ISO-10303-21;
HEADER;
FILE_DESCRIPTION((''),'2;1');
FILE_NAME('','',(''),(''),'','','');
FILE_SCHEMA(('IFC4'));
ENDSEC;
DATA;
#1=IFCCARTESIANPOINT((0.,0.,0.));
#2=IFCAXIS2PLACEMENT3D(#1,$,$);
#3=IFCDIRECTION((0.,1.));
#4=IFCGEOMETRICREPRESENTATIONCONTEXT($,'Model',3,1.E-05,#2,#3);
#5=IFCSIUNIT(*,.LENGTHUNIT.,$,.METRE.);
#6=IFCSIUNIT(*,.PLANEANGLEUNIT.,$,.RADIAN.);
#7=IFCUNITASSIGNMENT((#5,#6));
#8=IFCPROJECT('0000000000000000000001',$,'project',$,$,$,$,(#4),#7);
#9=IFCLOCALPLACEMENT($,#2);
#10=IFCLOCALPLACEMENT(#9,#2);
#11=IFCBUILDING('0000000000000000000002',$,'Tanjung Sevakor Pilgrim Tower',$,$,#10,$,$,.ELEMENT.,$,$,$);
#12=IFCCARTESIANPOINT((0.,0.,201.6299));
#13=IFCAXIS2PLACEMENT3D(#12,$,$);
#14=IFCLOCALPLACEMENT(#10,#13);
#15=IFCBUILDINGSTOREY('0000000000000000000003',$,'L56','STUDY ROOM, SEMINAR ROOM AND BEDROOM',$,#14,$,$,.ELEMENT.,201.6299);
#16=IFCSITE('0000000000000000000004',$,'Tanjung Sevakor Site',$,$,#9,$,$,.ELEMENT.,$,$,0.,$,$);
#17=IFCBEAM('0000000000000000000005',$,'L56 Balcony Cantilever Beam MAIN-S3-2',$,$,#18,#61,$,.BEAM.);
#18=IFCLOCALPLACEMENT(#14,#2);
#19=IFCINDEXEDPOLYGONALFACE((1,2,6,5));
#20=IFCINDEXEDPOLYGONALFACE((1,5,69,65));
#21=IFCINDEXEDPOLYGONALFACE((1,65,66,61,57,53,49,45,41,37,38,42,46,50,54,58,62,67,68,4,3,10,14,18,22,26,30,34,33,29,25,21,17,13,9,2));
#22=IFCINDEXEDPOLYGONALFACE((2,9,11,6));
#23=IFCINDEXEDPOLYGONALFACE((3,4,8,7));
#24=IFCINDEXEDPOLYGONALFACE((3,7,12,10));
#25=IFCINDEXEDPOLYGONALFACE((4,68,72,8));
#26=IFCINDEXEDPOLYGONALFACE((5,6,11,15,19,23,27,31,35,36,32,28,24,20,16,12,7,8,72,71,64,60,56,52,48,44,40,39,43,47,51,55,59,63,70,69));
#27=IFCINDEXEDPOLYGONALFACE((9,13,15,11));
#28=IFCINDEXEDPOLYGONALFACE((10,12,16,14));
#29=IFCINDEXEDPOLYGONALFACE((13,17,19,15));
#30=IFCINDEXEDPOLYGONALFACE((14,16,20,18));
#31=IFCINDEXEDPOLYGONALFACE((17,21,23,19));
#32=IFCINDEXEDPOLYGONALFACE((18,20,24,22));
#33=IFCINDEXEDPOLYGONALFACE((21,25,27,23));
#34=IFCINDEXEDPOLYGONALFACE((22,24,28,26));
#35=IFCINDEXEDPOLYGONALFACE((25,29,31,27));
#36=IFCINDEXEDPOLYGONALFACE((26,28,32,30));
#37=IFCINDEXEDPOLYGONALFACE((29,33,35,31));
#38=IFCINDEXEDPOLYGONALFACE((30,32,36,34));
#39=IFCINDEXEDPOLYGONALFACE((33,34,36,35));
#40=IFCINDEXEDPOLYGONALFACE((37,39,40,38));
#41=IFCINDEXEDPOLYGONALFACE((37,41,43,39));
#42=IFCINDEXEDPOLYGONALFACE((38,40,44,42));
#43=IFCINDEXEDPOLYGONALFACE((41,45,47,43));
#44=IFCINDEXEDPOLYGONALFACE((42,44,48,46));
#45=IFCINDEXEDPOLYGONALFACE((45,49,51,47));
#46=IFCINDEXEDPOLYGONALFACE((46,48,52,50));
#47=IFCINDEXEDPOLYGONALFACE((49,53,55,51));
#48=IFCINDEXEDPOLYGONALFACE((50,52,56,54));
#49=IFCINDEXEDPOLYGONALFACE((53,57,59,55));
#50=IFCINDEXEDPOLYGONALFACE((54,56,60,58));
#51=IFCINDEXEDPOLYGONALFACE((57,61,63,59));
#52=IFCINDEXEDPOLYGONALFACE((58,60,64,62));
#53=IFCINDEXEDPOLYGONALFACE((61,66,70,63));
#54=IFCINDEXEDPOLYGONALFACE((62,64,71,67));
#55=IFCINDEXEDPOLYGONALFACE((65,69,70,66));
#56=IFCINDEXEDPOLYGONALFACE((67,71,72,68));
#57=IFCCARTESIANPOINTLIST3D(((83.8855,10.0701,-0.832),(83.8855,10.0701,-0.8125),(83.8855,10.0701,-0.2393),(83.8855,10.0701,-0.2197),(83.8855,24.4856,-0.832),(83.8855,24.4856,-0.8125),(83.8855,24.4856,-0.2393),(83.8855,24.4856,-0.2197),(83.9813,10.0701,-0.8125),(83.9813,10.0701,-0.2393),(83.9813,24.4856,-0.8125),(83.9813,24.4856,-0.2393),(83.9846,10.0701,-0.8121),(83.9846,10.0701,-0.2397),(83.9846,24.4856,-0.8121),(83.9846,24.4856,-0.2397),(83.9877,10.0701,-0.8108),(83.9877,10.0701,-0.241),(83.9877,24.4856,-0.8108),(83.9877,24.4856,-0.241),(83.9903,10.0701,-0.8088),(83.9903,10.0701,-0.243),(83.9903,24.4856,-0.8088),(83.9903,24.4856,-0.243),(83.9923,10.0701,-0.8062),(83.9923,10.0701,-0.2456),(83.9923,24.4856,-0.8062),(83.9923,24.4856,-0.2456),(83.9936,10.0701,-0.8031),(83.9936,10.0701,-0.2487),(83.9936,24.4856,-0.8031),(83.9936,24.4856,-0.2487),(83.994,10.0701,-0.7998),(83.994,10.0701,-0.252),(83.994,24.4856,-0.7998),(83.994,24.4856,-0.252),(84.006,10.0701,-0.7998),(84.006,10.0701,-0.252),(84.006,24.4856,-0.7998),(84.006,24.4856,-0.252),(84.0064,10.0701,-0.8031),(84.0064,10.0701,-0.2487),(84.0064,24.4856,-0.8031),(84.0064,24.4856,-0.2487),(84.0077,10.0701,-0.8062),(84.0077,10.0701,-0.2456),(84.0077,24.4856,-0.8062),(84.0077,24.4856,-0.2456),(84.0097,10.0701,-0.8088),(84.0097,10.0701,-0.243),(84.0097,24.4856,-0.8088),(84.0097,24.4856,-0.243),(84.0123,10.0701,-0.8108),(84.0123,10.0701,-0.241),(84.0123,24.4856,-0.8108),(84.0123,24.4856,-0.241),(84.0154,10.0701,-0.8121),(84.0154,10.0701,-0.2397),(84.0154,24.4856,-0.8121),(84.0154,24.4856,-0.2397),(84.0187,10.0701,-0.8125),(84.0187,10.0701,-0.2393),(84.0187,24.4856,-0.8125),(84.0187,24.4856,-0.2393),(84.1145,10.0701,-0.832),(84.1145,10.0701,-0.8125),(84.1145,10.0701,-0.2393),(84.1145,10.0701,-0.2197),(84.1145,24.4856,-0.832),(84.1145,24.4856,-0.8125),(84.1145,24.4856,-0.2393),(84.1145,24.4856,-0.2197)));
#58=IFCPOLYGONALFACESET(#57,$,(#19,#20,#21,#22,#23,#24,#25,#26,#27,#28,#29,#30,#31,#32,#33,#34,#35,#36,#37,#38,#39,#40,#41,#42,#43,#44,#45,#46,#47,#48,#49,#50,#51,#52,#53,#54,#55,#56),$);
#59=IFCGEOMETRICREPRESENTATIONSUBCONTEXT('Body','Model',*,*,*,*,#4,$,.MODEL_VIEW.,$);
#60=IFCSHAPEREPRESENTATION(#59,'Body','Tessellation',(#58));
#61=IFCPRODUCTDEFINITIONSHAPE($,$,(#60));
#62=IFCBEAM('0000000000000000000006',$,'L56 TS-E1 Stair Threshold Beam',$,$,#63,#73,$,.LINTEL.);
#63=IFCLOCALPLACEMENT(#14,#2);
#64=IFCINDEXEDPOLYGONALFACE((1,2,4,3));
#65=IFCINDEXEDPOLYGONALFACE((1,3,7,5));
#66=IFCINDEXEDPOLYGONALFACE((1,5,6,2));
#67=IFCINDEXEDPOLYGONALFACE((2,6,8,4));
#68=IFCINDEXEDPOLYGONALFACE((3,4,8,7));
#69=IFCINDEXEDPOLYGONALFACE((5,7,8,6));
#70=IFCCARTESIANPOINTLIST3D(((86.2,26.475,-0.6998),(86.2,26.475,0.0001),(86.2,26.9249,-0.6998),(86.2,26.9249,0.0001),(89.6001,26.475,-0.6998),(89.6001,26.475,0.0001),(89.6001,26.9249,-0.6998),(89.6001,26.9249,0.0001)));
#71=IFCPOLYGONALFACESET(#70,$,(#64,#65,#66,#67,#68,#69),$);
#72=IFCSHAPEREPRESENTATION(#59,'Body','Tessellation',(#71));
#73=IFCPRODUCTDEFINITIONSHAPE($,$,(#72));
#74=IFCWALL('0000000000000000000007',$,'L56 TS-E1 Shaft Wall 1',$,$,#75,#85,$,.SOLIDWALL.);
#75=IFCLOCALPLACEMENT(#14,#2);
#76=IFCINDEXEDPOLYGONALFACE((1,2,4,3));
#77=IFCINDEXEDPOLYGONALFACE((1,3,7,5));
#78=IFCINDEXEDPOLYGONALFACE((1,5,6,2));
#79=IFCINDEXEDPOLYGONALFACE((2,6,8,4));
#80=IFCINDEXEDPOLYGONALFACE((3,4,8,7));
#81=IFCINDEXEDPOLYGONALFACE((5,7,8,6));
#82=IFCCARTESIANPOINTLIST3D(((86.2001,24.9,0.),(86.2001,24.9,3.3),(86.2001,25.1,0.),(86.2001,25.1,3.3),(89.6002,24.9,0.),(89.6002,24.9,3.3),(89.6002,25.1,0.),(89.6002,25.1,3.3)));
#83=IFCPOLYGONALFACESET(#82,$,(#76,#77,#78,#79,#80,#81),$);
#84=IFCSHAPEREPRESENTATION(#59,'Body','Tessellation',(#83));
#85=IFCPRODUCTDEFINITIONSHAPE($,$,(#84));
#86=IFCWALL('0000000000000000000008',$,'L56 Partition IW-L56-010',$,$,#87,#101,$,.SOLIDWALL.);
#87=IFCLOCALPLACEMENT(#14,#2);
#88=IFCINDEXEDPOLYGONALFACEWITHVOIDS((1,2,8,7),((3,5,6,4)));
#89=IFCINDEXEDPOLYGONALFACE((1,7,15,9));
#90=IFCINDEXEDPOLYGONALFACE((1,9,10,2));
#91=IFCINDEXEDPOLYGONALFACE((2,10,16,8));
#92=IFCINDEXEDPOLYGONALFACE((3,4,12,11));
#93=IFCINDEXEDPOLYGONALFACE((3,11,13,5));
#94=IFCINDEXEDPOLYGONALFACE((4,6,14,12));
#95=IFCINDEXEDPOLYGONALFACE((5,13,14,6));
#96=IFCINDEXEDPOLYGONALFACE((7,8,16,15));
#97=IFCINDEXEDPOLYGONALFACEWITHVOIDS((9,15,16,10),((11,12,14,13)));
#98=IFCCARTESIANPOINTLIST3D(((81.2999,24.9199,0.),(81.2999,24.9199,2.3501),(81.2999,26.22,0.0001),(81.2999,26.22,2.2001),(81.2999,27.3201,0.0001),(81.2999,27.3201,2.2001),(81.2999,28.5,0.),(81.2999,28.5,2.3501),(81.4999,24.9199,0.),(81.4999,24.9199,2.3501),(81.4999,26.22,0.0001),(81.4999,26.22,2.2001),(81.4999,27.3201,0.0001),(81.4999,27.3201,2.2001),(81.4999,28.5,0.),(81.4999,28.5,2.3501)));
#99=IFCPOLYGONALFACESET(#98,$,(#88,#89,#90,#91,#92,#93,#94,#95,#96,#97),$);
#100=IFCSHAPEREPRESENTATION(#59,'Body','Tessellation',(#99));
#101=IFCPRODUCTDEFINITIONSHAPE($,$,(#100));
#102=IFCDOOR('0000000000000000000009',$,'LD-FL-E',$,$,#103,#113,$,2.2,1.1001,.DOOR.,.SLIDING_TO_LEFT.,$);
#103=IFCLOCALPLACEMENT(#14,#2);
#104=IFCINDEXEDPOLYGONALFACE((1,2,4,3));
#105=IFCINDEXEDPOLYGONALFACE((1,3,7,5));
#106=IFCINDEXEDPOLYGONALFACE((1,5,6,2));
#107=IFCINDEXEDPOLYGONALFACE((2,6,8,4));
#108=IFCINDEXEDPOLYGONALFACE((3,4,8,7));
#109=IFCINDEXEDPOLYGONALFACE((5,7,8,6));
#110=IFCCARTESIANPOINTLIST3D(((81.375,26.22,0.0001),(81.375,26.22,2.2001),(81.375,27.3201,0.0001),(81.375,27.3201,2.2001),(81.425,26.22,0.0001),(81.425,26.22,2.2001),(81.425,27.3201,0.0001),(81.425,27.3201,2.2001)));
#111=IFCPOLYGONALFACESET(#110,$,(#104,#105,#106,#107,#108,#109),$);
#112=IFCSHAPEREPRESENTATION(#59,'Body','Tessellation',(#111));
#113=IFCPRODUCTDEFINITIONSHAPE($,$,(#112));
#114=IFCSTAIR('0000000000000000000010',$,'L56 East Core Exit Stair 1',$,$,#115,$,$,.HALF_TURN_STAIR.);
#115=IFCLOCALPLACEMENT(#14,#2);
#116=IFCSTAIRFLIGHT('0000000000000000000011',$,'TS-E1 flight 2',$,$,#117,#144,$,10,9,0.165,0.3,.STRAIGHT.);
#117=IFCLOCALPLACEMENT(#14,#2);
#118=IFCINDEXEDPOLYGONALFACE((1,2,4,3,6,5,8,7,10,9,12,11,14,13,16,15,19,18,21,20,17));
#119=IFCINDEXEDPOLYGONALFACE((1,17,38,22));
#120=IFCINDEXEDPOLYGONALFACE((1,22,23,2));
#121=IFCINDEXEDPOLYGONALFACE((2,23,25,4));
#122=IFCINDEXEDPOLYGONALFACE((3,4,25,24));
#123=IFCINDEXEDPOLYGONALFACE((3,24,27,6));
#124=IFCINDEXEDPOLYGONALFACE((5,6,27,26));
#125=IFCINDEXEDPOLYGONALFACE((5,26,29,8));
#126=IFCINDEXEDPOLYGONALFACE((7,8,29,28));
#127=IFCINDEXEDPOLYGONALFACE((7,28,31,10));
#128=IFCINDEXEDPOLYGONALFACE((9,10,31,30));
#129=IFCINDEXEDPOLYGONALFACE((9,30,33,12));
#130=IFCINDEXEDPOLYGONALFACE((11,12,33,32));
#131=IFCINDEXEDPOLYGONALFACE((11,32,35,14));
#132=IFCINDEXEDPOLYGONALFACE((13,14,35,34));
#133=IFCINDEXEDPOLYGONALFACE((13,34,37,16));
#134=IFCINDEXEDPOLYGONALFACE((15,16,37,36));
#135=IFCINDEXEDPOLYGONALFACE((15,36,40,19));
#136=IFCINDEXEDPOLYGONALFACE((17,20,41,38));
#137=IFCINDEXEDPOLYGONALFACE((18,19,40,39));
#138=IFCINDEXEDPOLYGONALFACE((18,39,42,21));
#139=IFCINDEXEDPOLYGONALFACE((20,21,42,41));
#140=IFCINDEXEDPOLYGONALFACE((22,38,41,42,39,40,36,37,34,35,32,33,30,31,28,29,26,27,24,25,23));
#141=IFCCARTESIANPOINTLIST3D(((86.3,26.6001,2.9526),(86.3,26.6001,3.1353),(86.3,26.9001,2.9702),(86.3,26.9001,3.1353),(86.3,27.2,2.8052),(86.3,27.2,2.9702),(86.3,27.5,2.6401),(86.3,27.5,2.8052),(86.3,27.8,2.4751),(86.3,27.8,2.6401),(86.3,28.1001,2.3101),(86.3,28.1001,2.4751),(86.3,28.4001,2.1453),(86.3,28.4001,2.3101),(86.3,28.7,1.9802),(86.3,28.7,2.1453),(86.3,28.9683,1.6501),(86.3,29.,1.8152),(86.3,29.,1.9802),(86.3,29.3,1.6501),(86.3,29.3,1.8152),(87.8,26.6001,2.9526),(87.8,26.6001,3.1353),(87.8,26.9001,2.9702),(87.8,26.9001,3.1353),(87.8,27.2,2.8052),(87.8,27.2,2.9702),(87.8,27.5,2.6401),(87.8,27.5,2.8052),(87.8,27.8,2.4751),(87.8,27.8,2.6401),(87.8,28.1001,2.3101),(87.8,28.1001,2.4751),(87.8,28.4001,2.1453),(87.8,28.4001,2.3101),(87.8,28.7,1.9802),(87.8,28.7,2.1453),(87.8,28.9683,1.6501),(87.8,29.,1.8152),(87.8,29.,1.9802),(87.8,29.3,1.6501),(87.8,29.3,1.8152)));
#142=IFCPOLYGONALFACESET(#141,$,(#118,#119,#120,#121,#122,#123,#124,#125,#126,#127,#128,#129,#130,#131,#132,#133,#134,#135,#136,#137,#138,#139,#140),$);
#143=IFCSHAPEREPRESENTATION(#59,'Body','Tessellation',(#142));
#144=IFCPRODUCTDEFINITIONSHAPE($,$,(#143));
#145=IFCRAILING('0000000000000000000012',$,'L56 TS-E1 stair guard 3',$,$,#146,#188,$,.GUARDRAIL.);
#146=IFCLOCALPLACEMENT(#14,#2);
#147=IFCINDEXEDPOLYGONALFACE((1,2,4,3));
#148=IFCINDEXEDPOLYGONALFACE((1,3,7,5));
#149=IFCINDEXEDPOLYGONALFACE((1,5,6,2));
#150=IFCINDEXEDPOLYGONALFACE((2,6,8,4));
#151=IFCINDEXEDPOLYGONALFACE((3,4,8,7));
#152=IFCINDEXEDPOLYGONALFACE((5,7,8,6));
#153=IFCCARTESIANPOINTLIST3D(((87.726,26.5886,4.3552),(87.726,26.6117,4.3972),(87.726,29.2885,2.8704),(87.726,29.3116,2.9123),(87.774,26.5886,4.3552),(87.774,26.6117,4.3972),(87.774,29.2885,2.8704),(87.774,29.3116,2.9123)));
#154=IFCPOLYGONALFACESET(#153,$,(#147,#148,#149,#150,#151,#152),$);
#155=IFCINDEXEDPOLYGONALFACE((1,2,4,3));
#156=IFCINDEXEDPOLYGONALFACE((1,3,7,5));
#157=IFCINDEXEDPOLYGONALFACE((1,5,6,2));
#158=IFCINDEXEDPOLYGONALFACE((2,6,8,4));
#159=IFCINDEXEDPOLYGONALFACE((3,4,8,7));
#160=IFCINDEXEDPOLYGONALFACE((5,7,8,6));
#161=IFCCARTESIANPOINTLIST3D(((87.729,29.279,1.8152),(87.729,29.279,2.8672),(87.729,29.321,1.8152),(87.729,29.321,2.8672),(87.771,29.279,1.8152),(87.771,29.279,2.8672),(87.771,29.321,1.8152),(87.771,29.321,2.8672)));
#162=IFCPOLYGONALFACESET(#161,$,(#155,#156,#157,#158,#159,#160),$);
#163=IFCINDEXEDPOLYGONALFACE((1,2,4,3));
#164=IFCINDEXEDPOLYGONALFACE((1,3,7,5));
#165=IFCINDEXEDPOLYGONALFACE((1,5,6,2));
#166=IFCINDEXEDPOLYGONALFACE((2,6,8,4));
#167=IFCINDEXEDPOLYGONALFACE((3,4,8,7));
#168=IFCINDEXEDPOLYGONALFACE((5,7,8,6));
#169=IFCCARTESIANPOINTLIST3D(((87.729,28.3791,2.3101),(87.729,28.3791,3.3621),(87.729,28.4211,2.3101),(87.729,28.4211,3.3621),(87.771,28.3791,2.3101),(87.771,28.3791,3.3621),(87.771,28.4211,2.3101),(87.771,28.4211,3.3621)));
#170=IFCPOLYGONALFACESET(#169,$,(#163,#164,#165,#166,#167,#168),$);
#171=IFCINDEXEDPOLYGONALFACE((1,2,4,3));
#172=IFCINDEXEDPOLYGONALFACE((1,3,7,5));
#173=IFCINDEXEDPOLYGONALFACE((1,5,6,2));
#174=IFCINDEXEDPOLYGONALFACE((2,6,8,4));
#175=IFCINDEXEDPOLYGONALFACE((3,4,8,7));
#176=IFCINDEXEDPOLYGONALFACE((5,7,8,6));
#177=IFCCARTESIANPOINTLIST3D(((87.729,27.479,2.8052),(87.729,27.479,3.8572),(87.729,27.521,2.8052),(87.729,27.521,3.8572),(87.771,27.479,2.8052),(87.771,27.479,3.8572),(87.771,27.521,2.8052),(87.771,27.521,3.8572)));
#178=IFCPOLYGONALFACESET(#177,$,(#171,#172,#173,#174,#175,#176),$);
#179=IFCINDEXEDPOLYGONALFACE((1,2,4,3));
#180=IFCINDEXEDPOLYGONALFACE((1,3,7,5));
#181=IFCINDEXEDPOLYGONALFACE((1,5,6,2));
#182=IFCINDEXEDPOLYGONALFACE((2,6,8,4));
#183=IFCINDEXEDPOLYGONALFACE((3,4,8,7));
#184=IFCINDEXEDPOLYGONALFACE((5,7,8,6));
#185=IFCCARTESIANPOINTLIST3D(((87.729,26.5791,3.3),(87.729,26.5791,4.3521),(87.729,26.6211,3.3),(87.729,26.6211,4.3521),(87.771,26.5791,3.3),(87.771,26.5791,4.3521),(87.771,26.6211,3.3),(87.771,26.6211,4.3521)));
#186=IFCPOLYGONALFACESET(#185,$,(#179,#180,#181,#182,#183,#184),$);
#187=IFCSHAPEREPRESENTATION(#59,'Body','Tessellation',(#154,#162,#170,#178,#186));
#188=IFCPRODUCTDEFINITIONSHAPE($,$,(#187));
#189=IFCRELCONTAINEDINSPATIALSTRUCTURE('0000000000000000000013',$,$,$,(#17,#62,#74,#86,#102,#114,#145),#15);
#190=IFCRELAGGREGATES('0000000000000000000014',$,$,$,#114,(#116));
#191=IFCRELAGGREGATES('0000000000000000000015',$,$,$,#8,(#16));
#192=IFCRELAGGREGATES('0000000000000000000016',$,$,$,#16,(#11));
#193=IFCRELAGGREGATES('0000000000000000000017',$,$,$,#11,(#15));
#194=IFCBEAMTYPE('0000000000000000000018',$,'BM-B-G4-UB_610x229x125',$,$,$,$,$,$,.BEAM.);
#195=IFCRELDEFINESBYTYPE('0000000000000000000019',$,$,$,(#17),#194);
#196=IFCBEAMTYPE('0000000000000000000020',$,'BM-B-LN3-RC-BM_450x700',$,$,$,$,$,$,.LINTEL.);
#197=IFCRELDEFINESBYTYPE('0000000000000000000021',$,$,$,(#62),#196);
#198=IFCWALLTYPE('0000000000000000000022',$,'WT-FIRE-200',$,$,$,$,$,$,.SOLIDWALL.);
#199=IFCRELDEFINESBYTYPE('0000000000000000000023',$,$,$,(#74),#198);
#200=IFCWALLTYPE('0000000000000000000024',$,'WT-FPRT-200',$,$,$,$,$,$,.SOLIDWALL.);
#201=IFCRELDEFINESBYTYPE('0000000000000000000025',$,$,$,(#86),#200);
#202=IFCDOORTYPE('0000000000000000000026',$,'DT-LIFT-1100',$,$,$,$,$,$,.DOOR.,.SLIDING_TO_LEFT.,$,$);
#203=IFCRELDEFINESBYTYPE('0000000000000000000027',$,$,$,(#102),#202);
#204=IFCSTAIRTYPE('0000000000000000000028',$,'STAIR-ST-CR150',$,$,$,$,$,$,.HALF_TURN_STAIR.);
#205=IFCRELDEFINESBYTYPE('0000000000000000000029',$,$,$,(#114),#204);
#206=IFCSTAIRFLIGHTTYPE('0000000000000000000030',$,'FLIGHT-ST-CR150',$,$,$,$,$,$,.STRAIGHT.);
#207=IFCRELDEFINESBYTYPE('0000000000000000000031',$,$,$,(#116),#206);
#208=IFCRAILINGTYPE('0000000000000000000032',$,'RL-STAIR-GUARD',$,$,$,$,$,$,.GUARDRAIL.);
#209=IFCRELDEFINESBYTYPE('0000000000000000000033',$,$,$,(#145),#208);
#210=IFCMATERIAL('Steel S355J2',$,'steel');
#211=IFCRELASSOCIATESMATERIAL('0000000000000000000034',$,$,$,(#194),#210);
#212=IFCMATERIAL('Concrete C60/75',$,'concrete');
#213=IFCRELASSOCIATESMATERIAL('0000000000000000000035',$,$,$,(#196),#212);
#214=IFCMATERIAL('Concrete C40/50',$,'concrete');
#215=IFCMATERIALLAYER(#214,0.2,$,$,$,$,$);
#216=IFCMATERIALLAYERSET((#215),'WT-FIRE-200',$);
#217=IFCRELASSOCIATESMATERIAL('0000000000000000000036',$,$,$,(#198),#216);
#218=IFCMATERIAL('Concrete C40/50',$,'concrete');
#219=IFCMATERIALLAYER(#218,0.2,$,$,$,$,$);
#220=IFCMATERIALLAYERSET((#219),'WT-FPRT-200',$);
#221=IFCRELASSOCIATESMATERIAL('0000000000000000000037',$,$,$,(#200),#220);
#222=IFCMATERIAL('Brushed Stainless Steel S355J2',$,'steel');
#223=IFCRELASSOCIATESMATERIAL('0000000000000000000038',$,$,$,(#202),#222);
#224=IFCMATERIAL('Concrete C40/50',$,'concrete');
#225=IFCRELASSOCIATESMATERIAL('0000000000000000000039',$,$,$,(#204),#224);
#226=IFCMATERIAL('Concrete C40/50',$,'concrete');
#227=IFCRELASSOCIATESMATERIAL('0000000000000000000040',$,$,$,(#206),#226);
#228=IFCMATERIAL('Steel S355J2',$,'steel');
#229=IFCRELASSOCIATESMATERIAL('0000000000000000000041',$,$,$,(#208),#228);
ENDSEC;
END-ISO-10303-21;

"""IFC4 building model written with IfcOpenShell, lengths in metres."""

from ifc_helpers import new_model, si_unit, direction, frame, frame_2d, origin, origin_2d, place, context, subcontext, project, spatial, polyline, rectangle, i_section, outline, extrude, material, layer, layer_set, material_profile, profile_set, type_object, element, fill, aggregate, save


model = new_model("IFC4")

# Units and contexts
model_context = context("Model", 3, precision=1e-05, world=origin(), true_north=direction((0.0, 1.0)))
body_context = subcontext(model_context, "Body", "Model", "MODEL_VIEW")
ifc_project = project(units=[si_unit("LENGTHUNIT", "METRE"), si_unit("PLANEANGLEUNIT", "RADIAN")], contexts=[model_context])

# Site, building, storey
site_placement = place(None, origin())
site = spatial("IfcSite", under=ifc_project, at=site_placement, Name="Tanjung Sevakor Site", CompositionType="ELEMENT", RefElevation=0.0)
building_placement = place(site_placement, origin())
building = spatial("IfcBuilding", under=site, at=building_placement, Name="Tanjung Sevakor Pilgrim Tower", CompositionType="ELEMENT")
storey_placement = place(building_placement, frame((0.0, 0.0, 201.6299)))
storey = spatial("IfcBuildingStorey", under=building, at=storey_placement, Name="L56", Description="STUDY ROOM, SEMINAR ROOM AND BEDROOM", CompositionType="ELEMENT", Elevation=201.6299)

# Beams
ifc_material_1 = material(Name="Steel S355J2", Category="steel")
ifc_material_profile_1 = material_profile(ifc_material_1, i_section(OverallWidth=0.229, OverallDepth=0.6123, WebThickness=0.012, FlangeThickness=0.0195, FilletRadius=0.0127, at=origin_2d()))
ifc_profile_set_1 = profile_set([ifc_material_profile_1], Name="Steel S355J2")
beam_type_1 = type_object("IfcBeamType", Name="BM-B-G4-UB_610x229x125", PredefinedType="BEAM", material=ifc_profile_set_1)
beam_1_placement = place(storey_placement, frame((84.0, 24.4856, -0.5259), z_axis=(0.0, -1.0, 0.0), x_axis=(1.0, 0.0, 0.0)))
element("IfcBeam", 1, at=beam_1_placement, inside=storey, type_object=beam_type_1, Name="L56 Balcony Cantilever Beam MAIN-S3-2", PredefinedType="BEAM", context=body_context, shape_type="SweptSolid", body=[
    extrude(i_section(OverallWidth=0.229, OverallDepth=0.6123, WebThickness=0.012, FlangeThickness=0.0195, FilletRadius=0.0127, at=origin_2d()), origin(), (0.0, 0.0, 1.0), 14.4155),
])
ifc_material_2 = material(Name="Concrete C60/75", Category="concrete")
ifc_material_profile_2 = material_profile(ifc_material_2, rectangle(XDim=0.45, YDim=0.7, at=origin_2d()))
ifc_profile_set_2 = profile_set([ifc_material_profile_2], Name="Concrete C60/75")
beam_type_2 = type_object("IfcBeamType", Name="BM-B-LN3-RC-BM_450x700", PredefinedType="LINTEL", material=ifc_profile_set_2)
beam_2_placement = place(storey_placement, frame((86.2, 26.7, -0.3499), z_axis=(1.0, 0.0, 0.0), x_axis=(0.0, 1.0, 0.0)))
element("IfcBeam", 2, at=beam_2_placement, inside=storey, type_object=beam_type_2, Name="L56 TS-E1 Stair Threshold Beam", PredefinedType="LINTEL", context=body_context, shape_type="SweptSolid", body=[
    extrude(rectangle(XDim=0.45, YDim=0.7, at=origin_2d()), origin(), (0.0, 0.0, 1.0), 3.4001),
])

# Wall
ifc_material_3 = material(Name="Concrete C40/50", Category="concrete")
ifc_layer_1 = layer(ifc_material_3, 0.2)
ifc_layer_set_1 = layer_set([ifc_layer_1], Name="WT-FIRE-200")
wall_type_1 = type_object("IfcWallType", Name="WT-FIRE-200", PredefinedType="SOLIDWALL", material=ifc_layer_set_1)
wall_1_placement = place(storey_placement, frame((86.2, 25.0, 0.0), z_axis=(0.0, 0.0, 1.0), x_axis=(1.0, 0.0, 0.0)))
element("IfcWall", 3, at=wall_1_placement, inside=storey, type_object=wall_type_1, Name="L56 TS-E1 Shaft Wall 1", PredefinedType="SOLIDWALL", context=body_context, shape_type="SweptSolid", body=[
    extrude(rectangle(XDim=3.4001, YDim=0.2, at=frame_2d((1.7002, 0.0))), origin(), (0.0, 0.0, 1.0), 3.3),
])

# Wall, opening, door
ifc_material_4 = material(Name="Concrete C40/50", Category="concrete")
ifc_layer_2 = layer(ifc_material_4, 0.2)
ifc_layer_set_2 = layer_set([ifc_layer_2], Name="WT-FPRT-200")
wall_type_2 = type_object("IfcWallType", Name="WT-FPRT-200", PredefinedType="SOLIDWALL", material=ifc_layer_set_2)
wall_2_placement = place(storey_placement, frame((81.3999, 24.9199, 0.0), z_axis=(0.0, 0.0, 1.0), x_axis=(0.0, 1.0, 0.0)))
wall_2 = element("IfcWall", 4, at=wall_2_placement, inside=storey, type_object=wall_type_2, Name="L56 Partition IW-L56-010", PredefinedType="SOLIDWALL", context=body_context, shape_type="SweptSolid", body=[
    extrude(rectangle(XDim=3.5801, YDim=0.2, at=frame_2d((1.79, 0.0))), origin(), (0.0, 0.0, 1.0), 2.3501),
])
opening_1_placement = place(wall_2_placement, frame((1.3, 0.0, 0.0)))
opening_1 = element("IfcOpeningElement", 5, at=opening_1_placement, cuts=wall_2, PredefinedType="OPENING", context=body_context, shape_type="SweptSolid", body=[
    extrude(rectangle(XDim=1.1001, YDim=2.2, at=frame_2d((0.55, 1.1001))), frame((0.0, 0.1099, 0.0), z_axis=(0.0, -1.0, 0.0), x_axis=(1.0, 0.0, 0.0)), (0.0, 0.0, 1.0), 0.22),
])
ifc_material_5 = material(Name="Brushed Stainless Steel S355J2", Category="steel")
door_type_1 = type_object("IfcDoorType", Name="DT-LIFT-1100", OperationType="SLIDING_TO_LEFT", PredefinedType="DOOR", material=ifc_material_5)
door_1_placement = place(opening_1_placement, origin())
door_1 = element("IfcDoor", 6, at=door_1_placement, inside=storey, type_object=door_type_1, Name="LD-FL-E", OperationType="SLIDING_TO_LEFT", OverallHeight=2.2, OverallWidth=1.1001, PredefinedType="DOOR", context=body_context, shape_type="SweptSolid", body=[
    extrude(rectangle(XDim=1.1001, YDim=2.2, at=frame_2d((0.55, 1.1001))), frame((0.0, 0.0249, 0.0), z_axis=(0.0, -1.0, 0.0), x_axis=(1.0, 0.0, 0.0)), (0.0, 0.0, 1.0), 0.05),
])
fill(opening_1, door_1)

# Stair, stair flight
ifc_material_6 = material(Name="Concrete C40/50", Category="concrete")
stair_type = type_object("IfcStairType", Name="STAIR-ST-CR150", PredefinedType="HALF_TURN_STAIR", material=ifc_material_6)
stair_placement = place(storey_placement, origin())
stair = element("IfcStair", 7, at=stair_placement, inside=storey, type_object=stair_type, Name="L56 East Core Exit Stair 1", PredefinedType="HALF_TURN_STAIR")
ifc_material_7 = material(Name="Concrete C40/50", Category="concrete")
stair_flight_type = type_object("IfcStairFlightType", Name="FLIGHT-ST-CR150", PredefinedType="STRAIGHT", material=ifc_material_7)
stair_flight_placement = place(storey_placement, frame((87.05, 29.3, 1.6501), z_axis=(0.0, 0.0, 1.0), x_axis=(0.0, -1.0, 0.0)))
stair_flight = element("IfcStairFlight", 8, at=stair_flight_placement, type_object=stair_flight_type, Name="TS-E1 flight 2", NumberOfRisers=10, NumberOfTreads=9, PredefinedType="STRAIGHT", RiserHeight=0.165, TreadLength=0.3, context=body_context, shape_type="SweptSolid", body=[
    extrude(outline(polyline([(0.0, 0.0), (0.0, 0.165), (0.3, 0.165), (0.3, 0.3301), (0.6001, 0.3301), (0.6001, 0.4951), (0.8999, 0.4951), (0.8999, 0.6599), (1.2, 0.6599), (1.2, 0.825), (1.5, 0.825), (1.5, 0.99), (1.8, 0.99), (1.8, 1.155), (2.1001, 1.155), (2.1001, 1.3201), (2.3999, 1.3201), (2.3999, 1.4851), (2.7, 1.4851), (2.7, 1.6499), (2.7, 1.3025), (0.3318, 0.0), (0.0, 0.0)])), frame((0.0, 0.75, 0.0), z_axis=(0.0, -1.0, 0.0), x_axis=(1.0, 0.0, 0.0)), (0.0, 0.0, 1.0), 1.5),
])
aggregate(stair, [stair_flight])

# Railing
ifc_material_8 = material(Name="Steel S355J2", Category="steel")
railing_type_1 = type_object("IfcRailingType", Name="RL-STAIR-GUARD", PredefinedType="GUARDRAIL", material=ifc_material_8)
railing_1_placement = place(storey_placement, frame((87.75, 29.3, 1.8152)))
element("IfcRailing", 9, at=railing_1_placement, inside=storey, type_object=railing_type_1, Name="L56 TS-E1 stair guard 3", PredefinedType="GUARDRAIL", context=body_context, shape_type="SweptSolid", body=[
    extrude(rectangle(XDim=0.0479, YDim=0.0479), frame((0.0, 0.0, 1.0762), z_axis=(0.0, -0.876231, 0.481891), x_axis=(1.0, 0.0, 0.0)), (0.0, 0.0, 1.0), 3.0813),
    extrude(rectangle(XDim=0.042, YDim=0.042), origin(), (0.0, 0.0, 1.0), 1.052),
    extrude(rectangle(XDim=0.042, YDim=0.042), frame((0.0, -0.8999, 0.4949)), (0.0, 0.0, 1.0), 1.052),
    extrude(rectangle(XDim=0.042, YDim=0.042), frame((0.0, -1.8, 0.99)), (0.0, 0.0, 1.0), 1.052),
    extrude(rectangle(XDim=0.042, YDim=0.042), frame((0.0, -2.7, 1.4849)), (0.0, 0.0, 1.0), 1.052),
])

save(model, "model.ifc")
